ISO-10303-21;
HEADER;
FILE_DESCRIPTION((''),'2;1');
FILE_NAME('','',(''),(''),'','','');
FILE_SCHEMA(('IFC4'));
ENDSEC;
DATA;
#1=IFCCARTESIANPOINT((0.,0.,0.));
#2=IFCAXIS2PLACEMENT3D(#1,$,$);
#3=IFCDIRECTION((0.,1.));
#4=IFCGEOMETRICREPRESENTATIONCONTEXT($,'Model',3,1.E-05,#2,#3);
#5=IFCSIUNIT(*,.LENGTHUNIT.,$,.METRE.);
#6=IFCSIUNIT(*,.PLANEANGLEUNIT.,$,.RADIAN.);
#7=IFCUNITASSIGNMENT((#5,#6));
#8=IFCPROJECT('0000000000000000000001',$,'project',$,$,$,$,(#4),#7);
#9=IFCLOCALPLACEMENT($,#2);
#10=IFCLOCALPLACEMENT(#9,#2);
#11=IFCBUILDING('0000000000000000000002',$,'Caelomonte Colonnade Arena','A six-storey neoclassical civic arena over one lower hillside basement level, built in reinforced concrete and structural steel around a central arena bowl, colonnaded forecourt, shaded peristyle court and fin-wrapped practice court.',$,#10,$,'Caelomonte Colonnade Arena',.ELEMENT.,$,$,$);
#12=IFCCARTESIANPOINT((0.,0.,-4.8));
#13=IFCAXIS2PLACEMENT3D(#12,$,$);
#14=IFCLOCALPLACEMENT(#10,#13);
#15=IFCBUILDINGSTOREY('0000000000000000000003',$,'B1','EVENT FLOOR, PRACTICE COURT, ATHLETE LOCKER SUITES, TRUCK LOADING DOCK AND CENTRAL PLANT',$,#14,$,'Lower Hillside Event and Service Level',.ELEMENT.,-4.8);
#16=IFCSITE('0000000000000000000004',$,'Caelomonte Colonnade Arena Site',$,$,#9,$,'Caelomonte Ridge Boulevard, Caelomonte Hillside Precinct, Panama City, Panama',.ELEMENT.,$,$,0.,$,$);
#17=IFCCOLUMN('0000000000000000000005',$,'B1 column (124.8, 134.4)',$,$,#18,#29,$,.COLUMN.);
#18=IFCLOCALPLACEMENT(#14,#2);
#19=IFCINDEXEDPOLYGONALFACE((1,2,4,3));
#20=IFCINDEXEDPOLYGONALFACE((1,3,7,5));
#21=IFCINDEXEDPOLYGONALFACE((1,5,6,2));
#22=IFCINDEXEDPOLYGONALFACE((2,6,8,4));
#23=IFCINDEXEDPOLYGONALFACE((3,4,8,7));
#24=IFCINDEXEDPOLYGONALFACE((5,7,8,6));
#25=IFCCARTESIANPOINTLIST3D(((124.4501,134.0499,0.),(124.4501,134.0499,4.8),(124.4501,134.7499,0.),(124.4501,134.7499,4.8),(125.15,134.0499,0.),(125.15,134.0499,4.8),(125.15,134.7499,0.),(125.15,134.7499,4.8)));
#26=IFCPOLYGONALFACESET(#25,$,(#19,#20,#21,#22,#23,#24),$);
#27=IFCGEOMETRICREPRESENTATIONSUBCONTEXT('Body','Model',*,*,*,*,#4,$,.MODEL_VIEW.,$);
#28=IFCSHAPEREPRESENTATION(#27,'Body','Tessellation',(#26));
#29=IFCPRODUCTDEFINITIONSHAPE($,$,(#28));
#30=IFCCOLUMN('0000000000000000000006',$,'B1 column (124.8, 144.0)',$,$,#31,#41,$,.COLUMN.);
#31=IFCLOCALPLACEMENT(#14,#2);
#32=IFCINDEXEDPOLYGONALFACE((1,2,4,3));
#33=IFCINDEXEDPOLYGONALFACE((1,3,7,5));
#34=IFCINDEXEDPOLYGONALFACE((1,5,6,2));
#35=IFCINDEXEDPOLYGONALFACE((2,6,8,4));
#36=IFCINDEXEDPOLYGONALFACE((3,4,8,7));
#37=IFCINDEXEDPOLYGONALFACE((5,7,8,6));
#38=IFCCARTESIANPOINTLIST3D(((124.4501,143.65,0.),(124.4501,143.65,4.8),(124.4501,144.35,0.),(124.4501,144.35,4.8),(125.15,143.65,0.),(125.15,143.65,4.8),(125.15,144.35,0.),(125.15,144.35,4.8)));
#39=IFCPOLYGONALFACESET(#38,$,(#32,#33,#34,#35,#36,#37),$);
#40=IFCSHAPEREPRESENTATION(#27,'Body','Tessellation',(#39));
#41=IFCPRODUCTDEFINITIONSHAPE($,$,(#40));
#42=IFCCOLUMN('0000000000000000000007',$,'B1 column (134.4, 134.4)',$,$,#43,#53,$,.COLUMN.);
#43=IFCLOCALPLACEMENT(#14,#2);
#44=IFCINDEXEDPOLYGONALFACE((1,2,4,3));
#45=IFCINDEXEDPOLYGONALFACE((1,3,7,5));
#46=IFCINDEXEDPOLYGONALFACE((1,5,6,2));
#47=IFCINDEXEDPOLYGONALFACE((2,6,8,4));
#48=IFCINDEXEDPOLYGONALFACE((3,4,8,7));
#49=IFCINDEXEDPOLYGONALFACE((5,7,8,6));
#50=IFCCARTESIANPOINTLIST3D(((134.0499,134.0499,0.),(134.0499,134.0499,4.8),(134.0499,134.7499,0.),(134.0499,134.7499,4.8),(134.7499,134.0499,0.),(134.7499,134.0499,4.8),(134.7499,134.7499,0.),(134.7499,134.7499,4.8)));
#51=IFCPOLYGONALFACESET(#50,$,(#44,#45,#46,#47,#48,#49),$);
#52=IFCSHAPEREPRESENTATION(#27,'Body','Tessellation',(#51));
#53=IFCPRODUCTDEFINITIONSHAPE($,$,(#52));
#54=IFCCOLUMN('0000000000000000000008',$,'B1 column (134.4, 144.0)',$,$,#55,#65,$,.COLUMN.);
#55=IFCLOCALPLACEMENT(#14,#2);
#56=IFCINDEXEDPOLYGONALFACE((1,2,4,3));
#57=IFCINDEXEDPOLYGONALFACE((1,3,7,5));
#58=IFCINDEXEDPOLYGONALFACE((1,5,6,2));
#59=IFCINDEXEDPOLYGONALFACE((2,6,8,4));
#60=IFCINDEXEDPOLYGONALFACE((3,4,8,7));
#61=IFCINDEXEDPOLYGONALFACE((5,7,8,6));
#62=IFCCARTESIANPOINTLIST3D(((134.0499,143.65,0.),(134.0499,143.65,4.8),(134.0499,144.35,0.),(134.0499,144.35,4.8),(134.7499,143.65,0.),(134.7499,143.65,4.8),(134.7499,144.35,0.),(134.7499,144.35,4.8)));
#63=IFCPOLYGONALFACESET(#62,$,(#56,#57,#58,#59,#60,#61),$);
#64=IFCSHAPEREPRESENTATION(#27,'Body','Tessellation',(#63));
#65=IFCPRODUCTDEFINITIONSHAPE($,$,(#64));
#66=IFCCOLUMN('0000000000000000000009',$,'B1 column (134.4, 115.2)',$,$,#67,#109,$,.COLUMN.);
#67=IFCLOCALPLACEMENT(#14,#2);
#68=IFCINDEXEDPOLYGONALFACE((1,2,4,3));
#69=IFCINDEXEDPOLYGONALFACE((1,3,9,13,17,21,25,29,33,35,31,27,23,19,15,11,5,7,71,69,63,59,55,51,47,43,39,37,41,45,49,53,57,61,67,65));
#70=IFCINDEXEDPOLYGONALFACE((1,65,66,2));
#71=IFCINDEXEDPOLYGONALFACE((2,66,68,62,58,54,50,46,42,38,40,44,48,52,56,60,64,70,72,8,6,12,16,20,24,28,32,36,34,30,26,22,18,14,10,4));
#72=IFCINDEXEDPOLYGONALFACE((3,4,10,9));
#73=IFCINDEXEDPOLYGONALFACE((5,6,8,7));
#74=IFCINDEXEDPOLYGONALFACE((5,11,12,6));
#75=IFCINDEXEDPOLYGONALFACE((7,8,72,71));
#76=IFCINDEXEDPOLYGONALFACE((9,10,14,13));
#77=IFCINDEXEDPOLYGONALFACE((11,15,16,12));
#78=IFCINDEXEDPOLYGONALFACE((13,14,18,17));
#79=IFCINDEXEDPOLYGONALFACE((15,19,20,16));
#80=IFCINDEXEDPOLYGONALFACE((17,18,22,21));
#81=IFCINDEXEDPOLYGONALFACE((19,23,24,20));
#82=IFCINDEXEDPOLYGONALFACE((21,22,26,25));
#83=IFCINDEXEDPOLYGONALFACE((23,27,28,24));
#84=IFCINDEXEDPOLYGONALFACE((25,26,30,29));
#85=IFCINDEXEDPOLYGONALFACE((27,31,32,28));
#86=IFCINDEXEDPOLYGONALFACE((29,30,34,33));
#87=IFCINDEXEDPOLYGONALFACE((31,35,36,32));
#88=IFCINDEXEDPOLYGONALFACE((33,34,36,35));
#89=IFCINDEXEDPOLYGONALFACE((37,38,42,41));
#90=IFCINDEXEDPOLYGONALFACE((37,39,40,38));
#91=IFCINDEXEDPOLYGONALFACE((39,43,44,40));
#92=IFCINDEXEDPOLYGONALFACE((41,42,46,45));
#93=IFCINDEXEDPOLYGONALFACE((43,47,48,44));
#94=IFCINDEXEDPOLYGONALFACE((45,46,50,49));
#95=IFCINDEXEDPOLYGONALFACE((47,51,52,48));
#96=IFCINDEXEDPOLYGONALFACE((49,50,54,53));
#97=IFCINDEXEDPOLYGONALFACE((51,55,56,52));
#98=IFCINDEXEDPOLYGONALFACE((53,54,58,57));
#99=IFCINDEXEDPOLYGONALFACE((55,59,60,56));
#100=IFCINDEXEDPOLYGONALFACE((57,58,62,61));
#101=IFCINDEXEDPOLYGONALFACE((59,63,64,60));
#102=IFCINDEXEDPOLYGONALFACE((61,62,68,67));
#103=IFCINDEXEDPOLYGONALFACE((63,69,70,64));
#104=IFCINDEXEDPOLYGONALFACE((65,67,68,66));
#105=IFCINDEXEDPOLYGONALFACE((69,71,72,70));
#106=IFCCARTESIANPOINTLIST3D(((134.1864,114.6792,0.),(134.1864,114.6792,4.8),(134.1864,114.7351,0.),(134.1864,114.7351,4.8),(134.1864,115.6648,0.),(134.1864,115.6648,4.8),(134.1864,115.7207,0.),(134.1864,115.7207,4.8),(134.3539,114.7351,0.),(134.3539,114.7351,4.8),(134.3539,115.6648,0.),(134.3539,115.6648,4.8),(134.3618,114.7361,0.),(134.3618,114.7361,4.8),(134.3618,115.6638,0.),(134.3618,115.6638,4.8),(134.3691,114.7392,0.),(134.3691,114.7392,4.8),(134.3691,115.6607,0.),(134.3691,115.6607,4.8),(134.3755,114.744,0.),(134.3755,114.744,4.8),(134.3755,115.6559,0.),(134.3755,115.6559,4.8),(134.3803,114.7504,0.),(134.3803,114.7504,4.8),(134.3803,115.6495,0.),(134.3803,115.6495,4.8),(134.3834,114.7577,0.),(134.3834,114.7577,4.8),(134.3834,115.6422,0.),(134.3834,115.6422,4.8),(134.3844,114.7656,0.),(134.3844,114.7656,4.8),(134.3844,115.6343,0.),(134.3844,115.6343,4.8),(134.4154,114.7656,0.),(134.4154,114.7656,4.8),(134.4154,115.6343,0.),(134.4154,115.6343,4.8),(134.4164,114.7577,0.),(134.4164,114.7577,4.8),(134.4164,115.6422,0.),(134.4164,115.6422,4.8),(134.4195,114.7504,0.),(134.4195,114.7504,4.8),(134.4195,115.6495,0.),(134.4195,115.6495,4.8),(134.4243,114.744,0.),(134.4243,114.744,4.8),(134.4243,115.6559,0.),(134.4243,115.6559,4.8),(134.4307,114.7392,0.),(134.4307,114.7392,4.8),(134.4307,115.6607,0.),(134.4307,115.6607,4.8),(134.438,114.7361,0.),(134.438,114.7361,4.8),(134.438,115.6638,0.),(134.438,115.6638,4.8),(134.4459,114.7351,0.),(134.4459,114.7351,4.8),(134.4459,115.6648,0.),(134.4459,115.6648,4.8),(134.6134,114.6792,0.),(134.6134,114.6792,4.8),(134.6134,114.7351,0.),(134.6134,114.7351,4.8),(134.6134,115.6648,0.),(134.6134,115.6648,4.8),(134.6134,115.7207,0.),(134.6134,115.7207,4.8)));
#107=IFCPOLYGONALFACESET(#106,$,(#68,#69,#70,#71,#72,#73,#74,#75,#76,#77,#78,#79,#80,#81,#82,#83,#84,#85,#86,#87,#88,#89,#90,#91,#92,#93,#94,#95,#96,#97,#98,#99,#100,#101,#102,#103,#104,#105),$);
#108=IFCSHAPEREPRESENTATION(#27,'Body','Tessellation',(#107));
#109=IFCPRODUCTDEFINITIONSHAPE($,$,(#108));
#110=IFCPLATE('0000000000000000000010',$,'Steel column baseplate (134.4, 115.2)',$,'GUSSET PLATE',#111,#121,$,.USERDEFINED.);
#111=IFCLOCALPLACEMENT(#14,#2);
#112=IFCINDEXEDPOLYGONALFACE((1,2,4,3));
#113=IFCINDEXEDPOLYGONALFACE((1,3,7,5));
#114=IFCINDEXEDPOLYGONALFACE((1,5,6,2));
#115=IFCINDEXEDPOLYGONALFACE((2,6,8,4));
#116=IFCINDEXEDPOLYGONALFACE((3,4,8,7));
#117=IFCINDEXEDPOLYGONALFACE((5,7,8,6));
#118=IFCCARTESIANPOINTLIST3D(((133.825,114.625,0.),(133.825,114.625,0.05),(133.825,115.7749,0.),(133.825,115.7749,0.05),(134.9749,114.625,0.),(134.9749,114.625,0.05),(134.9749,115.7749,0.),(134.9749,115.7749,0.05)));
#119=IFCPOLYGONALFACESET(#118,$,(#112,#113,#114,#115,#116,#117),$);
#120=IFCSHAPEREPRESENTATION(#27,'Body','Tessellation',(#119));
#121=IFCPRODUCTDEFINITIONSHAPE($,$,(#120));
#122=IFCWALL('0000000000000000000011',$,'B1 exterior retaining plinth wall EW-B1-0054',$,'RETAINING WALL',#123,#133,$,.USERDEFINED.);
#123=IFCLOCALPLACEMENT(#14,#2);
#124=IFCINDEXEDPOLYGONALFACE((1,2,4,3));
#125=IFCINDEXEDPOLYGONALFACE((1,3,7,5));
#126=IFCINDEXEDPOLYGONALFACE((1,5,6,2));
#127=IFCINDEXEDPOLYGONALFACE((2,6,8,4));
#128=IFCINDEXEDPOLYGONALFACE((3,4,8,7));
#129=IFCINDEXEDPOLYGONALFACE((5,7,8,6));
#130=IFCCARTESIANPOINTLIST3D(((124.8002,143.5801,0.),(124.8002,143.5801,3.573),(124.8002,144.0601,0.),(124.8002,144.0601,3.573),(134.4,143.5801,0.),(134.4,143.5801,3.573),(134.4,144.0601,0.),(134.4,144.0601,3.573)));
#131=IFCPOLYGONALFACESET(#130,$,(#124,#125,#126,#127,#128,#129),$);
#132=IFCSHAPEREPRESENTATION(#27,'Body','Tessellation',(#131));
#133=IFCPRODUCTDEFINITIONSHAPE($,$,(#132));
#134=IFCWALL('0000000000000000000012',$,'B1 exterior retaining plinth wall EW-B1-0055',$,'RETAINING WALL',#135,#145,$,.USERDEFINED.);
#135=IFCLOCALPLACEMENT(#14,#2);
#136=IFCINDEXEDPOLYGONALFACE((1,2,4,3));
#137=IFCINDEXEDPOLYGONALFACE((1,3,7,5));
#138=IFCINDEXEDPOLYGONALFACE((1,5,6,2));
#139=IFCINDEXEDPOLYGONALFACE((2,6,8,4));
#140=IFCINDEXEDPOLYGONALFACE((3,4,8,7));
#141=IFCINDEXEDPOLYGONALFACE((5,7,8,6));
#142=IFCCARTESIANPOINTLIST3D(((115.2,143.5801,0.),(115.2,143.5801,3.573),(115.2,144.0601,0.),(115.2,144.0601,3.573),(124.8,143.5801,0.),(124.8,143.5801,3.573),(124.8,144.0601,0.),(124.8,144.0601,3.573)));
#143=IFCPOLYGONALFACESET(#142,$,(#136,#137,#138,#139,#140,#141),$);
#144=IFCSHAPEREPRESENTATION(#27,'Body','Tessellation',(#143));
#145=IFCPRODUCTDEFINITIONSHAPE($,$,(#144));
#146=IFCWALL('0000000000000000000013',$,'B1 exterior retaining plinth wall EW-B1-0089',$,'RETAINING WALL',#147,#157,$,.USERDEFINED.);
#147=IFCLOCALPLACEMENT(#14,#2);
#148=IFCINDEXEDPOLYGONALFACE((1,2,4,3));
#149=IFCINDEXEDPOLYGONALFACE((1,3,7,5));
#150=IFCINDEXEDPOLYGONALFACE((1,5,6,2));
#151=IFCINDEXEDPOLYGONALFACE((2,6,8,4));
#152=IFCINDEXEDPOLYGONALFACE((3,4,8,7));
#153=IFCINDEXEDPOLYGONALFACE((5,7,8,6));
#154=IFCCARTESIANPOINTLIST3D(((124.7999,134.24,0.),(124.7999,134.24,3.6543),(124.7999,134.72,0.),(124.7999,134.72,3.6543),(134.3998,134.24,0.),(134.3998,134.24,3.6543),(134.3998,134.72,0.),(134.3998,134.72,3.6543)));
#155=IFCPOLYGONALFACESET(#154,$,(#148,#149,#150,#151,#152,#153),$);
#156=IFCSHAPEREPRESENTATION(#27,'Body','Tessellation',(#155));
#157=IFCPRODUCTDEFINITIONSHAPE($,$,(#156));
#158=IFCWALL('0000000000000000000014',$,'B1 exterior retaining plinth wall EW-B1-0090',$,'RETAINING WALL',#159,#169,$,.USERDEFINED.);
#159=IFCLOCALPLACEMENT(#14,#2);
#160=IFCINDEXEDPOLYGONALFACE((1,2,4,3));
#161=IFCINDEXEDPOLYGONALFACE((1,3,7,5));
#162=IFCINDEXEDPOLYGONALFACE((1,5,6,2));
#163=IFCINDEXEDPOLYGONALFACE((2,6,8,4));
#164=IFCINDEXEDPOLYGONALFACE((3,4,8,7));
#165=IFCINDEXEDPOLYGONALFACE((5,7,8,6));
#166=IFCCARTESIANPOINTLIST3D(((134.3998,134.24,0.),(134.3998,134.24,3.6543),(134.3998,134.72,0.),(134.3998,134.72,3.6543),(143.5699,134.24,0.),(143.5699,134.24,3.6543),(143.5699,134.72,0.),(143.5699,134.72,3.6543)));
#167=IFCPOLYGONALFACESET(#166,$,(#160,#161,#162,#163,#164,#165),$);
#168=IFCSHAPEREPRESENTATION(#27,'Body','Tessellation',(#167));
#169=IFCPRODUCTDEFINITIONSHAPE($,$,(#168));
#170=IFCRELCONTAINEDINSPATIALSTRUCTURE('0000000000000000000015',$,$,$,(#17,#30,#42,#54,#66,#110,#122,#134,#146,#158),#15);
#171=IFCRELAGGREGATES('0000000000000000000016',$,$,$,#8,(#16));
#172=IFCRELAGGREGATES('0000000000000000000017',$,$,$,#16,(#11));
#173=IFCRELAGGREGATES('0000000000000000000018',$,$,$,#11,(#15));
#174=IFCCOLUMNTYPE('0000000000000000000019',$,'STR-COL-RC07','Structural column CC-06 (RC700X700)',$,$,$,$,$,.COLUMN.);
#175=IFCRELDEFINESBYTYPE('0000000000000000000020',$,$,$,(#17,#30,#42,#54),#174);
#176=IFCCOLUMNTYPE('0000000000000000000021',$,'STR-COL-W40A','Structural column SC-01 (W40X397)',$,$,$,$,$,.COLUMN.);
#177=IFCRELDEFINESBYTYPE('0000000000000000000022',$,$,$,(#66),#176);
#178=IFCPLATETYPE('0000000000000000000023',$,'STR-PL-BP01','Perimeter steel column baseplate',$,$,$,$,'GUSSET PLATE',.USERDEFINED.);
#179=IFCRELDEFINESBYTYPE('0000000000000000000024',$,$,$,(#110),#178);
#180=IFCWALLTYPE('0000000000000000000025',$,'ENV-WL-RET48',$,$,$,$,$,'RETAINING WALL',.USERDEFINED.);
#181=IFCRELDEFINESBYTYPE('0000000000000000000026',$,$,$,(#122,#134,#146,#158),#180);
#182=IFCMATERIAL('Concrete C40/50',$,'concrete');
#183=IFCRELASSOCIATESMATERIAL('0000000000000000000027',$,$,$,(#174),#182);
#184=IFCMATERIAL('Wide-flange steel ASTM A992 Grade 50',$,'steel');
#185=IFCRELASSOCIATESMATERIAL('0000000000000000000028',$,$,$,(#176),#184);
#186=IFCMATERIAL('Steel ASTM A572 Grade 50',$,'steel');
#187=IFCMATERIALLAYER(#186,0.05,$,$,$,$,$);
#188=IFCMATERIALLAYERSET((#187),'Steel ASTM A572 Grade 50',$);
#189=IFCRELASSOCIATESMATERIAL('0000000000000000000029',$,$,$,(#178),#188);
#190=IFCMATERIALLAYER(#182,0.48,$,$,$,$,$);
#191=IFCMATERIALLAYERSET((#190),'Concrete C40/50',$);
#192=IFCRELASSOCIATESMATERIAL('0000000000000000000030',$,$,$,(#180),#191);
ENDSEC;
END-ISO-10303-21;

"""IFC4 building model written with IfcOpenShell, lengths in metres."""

from ifc_helpers import new_model, si_unit, direction, frame, frame_2d, origin, origin_2d, place, context, subcontext, project, spatial, rectangle, i_section, extrude, material, layer, layer_set, material_profile, profile_set, type_object, element, save


model = new_model("IFC4")

# Units and contexts
model_context = context("Model", 3, precision=1e-05, world=origin(), true_north=direction((0.0, 1.0)))
body_context = subcontext(model_context, "Body", "Model", "MODEL_VIEW")
ifc_project = project(units=[si_unit("LENGTHUNIT", "METRE"), si_unit("PLANEANGLEUNIT", "RADIAN")], contexts=[model_context])

# Site, building, storey
site_placement = place(None, origin())
site = spatial("IfcSite", under=ifc_project, at=site_placement, Name="Caelomonte Colonnade Arena Site", LongName="Caelomonte Ridge Boulevard, Caelomonte Hillside Precinct, Panama City, Panama", CompositionType="ELEMENT", RefElevation=0.0)
building_placement = place(site_placement, origin())
building = spatial("IfcBuilding", under=site, at=building_placement, Name="Caelomonte Colonnade Arena", Description="A six-storey neoclassical civic arena over one lower hillside basement level, built in reinforced concrete and structural steel around a central arena bowl, colonnaded forecourt, shaded peristyle court and fin-wrapped practice court.", LongName="Caelomonte Colonnade Arena", CompositionType="ELEMENT")
storey_placement = place(building_placement, frame((0.0, 0.0, -4.8)))
storey = spatial("IfcBuildingStorey", under=building, at=storey_placement, Name="B1", Description="EVENT FLOOR, PRACTICE COURT, ATHLETE LOCKER SUITES, TRUCK LOADING DOCK AND CENTRAL PLANT", LongName="Lower Hillside Event and Service Level", CompositionType="ELEMENT", Elevation=-4.8)

# Shared definitions
ifc_material_1 = material(Name="Concrete C40/50", Category="concrete")

# Columns
ifc_material_profile_1 = material_profile(ifc_material_1, rectangle(XDim=0.7, YDim=0.7, at=origin_2d()), Name="RC700X700")
ifc_profile_set_1 = profile_set([ifc_material_profile_1], Name="Concrete C40/50")
column_type_1 = type_object("IfcColumnType", Name="STR-COL-RC07", Description="Structural column CC-06 (RC700X700)", PredefinedType="COLUMN", material=ifc_profile_set_1)
for number, where, z_axis, x_axis, name in (
    (1, (124.8, 134.3999, 0.0), (0.0, 0.0, 1.0), (1.0, 0.0, 0.0), "B1 column (124.8, 134.4)"),
    (2, (124.8, 144.0, 0.0), (0.0, 0.0, 1.0), (1.0, 0.0, 0.0), "B1 column (124.8, 144.0)"),
    (3, (134.3999, 134.3999, 0.0), (0.0, 0.0, 1.0), (1.0, 0.0, 0.0), "B1 column (134.4, 134.4)"),
    (4, (134.3999, 144.0, 0.0), (0.0, 0.0, 1.0), (1.0, 0.0, 0.0), "B1 column (134.4, 144.0)"),
):
    element("IfcColumn", number, at=place(storey_placement, frame(where, z_axis=z_axis, x_axis=x_axis)), inside=storey, type_object=column_type_1, Name=name, PredefinedType="COLUMN", context=body_context, shape_type="SweptSolid", body=[
        extrude(rectangle(XDim=0.7, YDim=0.7, at=origin_2d()), origin(), (0.0, 0.0, 1.0), 4.8),
    ])
ifc_material_2 = material(Name="Wide-flange steel ASTM A992 Grade 50", Category="steel")
ifc_material_profile_2 = material_profile(ifc_material_2, i_section(OverallWidth=0.427, OverallDepth=1.0415, WebThickness=0.031, FlangeThickness=0.0559, FilletRadius=0.0305, at=origin_2d()), Name="W40X397")
ifc_profile_set_2 = profile_set([ifc_material_profile_2], Name="Wide-flange steel ASTM A992 Grade 50")
column_type_2 = type_object("IfcColumnType", Name="STR-COL-W40A", Description="Structural column SC-01 (W40X397)", PredefinedType="COLUMN", material=ifc_profile_set_2)
column_placement = place(storey_placement, frame((134.3999, 115.2, 0.0), z_axis=(0.0, 0.0, 1.0), x_axis=(1.0, 0.0, 0.0)))
element("IfcColumn", 5, at=column_placement, inside=storey, type_object=column_type_2, Name="B1 column (134.4, 115.2)", PredefinedType="COLUMN", context=body_context, shape_type="SweptSolid", body=[
    extrude(i_section(OverallWidth=0.427, OverallDepth=1.0415, WebThickness=0.031, FlangeThickness=0.0559, FilletRadius=0.0305, at=origin_2d()), origin(), (0.0, 0.0, 1.0), 4.8),
])

# Plate
ifc_material_3 = material(Name="Steel ASTM A572 Grade 50", Category="steel")
ifc_layer_1 = layer(ifc_material_3, 0.05)
ifc_layer_set_1 = layer_set([ifc_layer_1], Name="Steel ASTM A572 Grade 50")
plate_type = type_object("IfcPlateType", Name="STR-PL-BP01", Description="Perimeter steel column baseplate", ElementType="GUSSET PLATE", PredefinedType="USERDEFINED", material=ifc_layer_set_1)
plate_placement = place(storey_placement, frame((134.3999, 115.2, 0.0), z_axis=(0.0, 0.0, 1.0), x_axis=(1.0, 0.0, 0.0)))
element("IfcPlate", 6, at=plate_placement, inside=storey, type_object=plate_type, Name="Steel column baseplate (134.4, 115.2)", ObjectType="GUSSET PLATE", PredefinedType="USERDEFINED", context=body_context, shape_type="SweptSolid", body=[
    extrude(rectangle(XDim=1.1499, YDim=1.1499, at=origin_2d()), origin(), (0.0, 0.0, 1.0), 0.05),
])

# Walls
ifc_layer_2 = layer(ifc_material_1, 0.48)
ifc_layer_set_2 = layer_set([ifc_layer_2], Name="Concrete C40/50")
wall_type = type_object("IfcWallType", Name="ENV-WL-RET48", ElementType="RETAINING WALL", PredefinedType="USERDEFINED", material=ifc_layer_set_2)
wall_1_placement = place(storey_placement, frame((134.3999, 143.8201, 0.0), z_axis=(0.0, 0.0, 1.0), x_axis=(-1.0, 0.0, 0.0)))
element("IfcWall", 7, at=wall_1_placement, inside=storey, type_object=wall_type, Name="B1 exterior retaining plinth wall EW-B1-0054", ObjectType="RETAINING WALL", PredefinedType="USERDEFINED", context=body_context, shape_type="SweptSolid", body=[
    extrude(rectangle(XDim=9.5999, YDim=0.48, at=frame_2d((4.7998, 0.0))), origin(), (0.0, 0.0, 1.0), 3.573),
])
wall_2_placement = place(storey_placement, frame((124.8, 143.8201, 0.0), z_axis=(0.0, 0.0, 1.0), x_axis=(-1.0, 0.0, 0.0)))
element("IfcWall", 8, at=wall_2_placement, inside=storey, type_object=wall_type, Name="B1 exterior retaining plinth wall EW-B1-0055", ObjectType="RETAINING WALL", PredefinedType="USERDEFINED", context=body_context, shape_type="SweptSolid", body=[
    extrude(rectangle(XDim=9.6001, YDim=0.48, at=frame_2d((4.8, 0.0))), origin(), (0.0, 0.0, 1.0), 3.573),
])
wall_3_placement = place(storey_placement, frame((124.8, 134.48, 0.0), z_axis=(0.0, 0.0, 1.0), x_axis=(1.0, 0.0, 0.0)))
element("IfcWall", 9, at=wall_3_placement, inside=storey, type_object=wall_type, Name="B1 exterior retaining plinth wall EW-B1-0089", ObjectType="RETAINING WALL", PredefinedType="USERDEFINED", context=body_context, shape_type="SweptSolid", body=[
    extrude(rectangle(XDim=9.5999, YDim=0.48, at=frame_2d((4.7998, 0.0))), origin(), (0.0, 0.0, 1.0), 3.6543),
])
wall_4_placement = place(storey_placement, frame((134.3999, 134.48, 0.0), z_axis=(0.0, 0.0, 1.0), x_axis=(1.0, 0.0, 0.0)))
element("IfcWall", 10, at=wall_4_placement, inside=storey, type_object=wall_type, Name="B1 exterior retaining plinth wall EW-B1-0090", ObjectType="RETAINING WALL", PredefinedType="USERDEFINED", context=body_context, shape_type="SweptSolid", body=[
    extrude(rectangle(XDim=9.1702, YDim=0.48, at=frame_2d((4.585, 0.0))), origin(), (0.0, 0.0, 1.0), 3.6543),
])

save(model, "model.ifc")
